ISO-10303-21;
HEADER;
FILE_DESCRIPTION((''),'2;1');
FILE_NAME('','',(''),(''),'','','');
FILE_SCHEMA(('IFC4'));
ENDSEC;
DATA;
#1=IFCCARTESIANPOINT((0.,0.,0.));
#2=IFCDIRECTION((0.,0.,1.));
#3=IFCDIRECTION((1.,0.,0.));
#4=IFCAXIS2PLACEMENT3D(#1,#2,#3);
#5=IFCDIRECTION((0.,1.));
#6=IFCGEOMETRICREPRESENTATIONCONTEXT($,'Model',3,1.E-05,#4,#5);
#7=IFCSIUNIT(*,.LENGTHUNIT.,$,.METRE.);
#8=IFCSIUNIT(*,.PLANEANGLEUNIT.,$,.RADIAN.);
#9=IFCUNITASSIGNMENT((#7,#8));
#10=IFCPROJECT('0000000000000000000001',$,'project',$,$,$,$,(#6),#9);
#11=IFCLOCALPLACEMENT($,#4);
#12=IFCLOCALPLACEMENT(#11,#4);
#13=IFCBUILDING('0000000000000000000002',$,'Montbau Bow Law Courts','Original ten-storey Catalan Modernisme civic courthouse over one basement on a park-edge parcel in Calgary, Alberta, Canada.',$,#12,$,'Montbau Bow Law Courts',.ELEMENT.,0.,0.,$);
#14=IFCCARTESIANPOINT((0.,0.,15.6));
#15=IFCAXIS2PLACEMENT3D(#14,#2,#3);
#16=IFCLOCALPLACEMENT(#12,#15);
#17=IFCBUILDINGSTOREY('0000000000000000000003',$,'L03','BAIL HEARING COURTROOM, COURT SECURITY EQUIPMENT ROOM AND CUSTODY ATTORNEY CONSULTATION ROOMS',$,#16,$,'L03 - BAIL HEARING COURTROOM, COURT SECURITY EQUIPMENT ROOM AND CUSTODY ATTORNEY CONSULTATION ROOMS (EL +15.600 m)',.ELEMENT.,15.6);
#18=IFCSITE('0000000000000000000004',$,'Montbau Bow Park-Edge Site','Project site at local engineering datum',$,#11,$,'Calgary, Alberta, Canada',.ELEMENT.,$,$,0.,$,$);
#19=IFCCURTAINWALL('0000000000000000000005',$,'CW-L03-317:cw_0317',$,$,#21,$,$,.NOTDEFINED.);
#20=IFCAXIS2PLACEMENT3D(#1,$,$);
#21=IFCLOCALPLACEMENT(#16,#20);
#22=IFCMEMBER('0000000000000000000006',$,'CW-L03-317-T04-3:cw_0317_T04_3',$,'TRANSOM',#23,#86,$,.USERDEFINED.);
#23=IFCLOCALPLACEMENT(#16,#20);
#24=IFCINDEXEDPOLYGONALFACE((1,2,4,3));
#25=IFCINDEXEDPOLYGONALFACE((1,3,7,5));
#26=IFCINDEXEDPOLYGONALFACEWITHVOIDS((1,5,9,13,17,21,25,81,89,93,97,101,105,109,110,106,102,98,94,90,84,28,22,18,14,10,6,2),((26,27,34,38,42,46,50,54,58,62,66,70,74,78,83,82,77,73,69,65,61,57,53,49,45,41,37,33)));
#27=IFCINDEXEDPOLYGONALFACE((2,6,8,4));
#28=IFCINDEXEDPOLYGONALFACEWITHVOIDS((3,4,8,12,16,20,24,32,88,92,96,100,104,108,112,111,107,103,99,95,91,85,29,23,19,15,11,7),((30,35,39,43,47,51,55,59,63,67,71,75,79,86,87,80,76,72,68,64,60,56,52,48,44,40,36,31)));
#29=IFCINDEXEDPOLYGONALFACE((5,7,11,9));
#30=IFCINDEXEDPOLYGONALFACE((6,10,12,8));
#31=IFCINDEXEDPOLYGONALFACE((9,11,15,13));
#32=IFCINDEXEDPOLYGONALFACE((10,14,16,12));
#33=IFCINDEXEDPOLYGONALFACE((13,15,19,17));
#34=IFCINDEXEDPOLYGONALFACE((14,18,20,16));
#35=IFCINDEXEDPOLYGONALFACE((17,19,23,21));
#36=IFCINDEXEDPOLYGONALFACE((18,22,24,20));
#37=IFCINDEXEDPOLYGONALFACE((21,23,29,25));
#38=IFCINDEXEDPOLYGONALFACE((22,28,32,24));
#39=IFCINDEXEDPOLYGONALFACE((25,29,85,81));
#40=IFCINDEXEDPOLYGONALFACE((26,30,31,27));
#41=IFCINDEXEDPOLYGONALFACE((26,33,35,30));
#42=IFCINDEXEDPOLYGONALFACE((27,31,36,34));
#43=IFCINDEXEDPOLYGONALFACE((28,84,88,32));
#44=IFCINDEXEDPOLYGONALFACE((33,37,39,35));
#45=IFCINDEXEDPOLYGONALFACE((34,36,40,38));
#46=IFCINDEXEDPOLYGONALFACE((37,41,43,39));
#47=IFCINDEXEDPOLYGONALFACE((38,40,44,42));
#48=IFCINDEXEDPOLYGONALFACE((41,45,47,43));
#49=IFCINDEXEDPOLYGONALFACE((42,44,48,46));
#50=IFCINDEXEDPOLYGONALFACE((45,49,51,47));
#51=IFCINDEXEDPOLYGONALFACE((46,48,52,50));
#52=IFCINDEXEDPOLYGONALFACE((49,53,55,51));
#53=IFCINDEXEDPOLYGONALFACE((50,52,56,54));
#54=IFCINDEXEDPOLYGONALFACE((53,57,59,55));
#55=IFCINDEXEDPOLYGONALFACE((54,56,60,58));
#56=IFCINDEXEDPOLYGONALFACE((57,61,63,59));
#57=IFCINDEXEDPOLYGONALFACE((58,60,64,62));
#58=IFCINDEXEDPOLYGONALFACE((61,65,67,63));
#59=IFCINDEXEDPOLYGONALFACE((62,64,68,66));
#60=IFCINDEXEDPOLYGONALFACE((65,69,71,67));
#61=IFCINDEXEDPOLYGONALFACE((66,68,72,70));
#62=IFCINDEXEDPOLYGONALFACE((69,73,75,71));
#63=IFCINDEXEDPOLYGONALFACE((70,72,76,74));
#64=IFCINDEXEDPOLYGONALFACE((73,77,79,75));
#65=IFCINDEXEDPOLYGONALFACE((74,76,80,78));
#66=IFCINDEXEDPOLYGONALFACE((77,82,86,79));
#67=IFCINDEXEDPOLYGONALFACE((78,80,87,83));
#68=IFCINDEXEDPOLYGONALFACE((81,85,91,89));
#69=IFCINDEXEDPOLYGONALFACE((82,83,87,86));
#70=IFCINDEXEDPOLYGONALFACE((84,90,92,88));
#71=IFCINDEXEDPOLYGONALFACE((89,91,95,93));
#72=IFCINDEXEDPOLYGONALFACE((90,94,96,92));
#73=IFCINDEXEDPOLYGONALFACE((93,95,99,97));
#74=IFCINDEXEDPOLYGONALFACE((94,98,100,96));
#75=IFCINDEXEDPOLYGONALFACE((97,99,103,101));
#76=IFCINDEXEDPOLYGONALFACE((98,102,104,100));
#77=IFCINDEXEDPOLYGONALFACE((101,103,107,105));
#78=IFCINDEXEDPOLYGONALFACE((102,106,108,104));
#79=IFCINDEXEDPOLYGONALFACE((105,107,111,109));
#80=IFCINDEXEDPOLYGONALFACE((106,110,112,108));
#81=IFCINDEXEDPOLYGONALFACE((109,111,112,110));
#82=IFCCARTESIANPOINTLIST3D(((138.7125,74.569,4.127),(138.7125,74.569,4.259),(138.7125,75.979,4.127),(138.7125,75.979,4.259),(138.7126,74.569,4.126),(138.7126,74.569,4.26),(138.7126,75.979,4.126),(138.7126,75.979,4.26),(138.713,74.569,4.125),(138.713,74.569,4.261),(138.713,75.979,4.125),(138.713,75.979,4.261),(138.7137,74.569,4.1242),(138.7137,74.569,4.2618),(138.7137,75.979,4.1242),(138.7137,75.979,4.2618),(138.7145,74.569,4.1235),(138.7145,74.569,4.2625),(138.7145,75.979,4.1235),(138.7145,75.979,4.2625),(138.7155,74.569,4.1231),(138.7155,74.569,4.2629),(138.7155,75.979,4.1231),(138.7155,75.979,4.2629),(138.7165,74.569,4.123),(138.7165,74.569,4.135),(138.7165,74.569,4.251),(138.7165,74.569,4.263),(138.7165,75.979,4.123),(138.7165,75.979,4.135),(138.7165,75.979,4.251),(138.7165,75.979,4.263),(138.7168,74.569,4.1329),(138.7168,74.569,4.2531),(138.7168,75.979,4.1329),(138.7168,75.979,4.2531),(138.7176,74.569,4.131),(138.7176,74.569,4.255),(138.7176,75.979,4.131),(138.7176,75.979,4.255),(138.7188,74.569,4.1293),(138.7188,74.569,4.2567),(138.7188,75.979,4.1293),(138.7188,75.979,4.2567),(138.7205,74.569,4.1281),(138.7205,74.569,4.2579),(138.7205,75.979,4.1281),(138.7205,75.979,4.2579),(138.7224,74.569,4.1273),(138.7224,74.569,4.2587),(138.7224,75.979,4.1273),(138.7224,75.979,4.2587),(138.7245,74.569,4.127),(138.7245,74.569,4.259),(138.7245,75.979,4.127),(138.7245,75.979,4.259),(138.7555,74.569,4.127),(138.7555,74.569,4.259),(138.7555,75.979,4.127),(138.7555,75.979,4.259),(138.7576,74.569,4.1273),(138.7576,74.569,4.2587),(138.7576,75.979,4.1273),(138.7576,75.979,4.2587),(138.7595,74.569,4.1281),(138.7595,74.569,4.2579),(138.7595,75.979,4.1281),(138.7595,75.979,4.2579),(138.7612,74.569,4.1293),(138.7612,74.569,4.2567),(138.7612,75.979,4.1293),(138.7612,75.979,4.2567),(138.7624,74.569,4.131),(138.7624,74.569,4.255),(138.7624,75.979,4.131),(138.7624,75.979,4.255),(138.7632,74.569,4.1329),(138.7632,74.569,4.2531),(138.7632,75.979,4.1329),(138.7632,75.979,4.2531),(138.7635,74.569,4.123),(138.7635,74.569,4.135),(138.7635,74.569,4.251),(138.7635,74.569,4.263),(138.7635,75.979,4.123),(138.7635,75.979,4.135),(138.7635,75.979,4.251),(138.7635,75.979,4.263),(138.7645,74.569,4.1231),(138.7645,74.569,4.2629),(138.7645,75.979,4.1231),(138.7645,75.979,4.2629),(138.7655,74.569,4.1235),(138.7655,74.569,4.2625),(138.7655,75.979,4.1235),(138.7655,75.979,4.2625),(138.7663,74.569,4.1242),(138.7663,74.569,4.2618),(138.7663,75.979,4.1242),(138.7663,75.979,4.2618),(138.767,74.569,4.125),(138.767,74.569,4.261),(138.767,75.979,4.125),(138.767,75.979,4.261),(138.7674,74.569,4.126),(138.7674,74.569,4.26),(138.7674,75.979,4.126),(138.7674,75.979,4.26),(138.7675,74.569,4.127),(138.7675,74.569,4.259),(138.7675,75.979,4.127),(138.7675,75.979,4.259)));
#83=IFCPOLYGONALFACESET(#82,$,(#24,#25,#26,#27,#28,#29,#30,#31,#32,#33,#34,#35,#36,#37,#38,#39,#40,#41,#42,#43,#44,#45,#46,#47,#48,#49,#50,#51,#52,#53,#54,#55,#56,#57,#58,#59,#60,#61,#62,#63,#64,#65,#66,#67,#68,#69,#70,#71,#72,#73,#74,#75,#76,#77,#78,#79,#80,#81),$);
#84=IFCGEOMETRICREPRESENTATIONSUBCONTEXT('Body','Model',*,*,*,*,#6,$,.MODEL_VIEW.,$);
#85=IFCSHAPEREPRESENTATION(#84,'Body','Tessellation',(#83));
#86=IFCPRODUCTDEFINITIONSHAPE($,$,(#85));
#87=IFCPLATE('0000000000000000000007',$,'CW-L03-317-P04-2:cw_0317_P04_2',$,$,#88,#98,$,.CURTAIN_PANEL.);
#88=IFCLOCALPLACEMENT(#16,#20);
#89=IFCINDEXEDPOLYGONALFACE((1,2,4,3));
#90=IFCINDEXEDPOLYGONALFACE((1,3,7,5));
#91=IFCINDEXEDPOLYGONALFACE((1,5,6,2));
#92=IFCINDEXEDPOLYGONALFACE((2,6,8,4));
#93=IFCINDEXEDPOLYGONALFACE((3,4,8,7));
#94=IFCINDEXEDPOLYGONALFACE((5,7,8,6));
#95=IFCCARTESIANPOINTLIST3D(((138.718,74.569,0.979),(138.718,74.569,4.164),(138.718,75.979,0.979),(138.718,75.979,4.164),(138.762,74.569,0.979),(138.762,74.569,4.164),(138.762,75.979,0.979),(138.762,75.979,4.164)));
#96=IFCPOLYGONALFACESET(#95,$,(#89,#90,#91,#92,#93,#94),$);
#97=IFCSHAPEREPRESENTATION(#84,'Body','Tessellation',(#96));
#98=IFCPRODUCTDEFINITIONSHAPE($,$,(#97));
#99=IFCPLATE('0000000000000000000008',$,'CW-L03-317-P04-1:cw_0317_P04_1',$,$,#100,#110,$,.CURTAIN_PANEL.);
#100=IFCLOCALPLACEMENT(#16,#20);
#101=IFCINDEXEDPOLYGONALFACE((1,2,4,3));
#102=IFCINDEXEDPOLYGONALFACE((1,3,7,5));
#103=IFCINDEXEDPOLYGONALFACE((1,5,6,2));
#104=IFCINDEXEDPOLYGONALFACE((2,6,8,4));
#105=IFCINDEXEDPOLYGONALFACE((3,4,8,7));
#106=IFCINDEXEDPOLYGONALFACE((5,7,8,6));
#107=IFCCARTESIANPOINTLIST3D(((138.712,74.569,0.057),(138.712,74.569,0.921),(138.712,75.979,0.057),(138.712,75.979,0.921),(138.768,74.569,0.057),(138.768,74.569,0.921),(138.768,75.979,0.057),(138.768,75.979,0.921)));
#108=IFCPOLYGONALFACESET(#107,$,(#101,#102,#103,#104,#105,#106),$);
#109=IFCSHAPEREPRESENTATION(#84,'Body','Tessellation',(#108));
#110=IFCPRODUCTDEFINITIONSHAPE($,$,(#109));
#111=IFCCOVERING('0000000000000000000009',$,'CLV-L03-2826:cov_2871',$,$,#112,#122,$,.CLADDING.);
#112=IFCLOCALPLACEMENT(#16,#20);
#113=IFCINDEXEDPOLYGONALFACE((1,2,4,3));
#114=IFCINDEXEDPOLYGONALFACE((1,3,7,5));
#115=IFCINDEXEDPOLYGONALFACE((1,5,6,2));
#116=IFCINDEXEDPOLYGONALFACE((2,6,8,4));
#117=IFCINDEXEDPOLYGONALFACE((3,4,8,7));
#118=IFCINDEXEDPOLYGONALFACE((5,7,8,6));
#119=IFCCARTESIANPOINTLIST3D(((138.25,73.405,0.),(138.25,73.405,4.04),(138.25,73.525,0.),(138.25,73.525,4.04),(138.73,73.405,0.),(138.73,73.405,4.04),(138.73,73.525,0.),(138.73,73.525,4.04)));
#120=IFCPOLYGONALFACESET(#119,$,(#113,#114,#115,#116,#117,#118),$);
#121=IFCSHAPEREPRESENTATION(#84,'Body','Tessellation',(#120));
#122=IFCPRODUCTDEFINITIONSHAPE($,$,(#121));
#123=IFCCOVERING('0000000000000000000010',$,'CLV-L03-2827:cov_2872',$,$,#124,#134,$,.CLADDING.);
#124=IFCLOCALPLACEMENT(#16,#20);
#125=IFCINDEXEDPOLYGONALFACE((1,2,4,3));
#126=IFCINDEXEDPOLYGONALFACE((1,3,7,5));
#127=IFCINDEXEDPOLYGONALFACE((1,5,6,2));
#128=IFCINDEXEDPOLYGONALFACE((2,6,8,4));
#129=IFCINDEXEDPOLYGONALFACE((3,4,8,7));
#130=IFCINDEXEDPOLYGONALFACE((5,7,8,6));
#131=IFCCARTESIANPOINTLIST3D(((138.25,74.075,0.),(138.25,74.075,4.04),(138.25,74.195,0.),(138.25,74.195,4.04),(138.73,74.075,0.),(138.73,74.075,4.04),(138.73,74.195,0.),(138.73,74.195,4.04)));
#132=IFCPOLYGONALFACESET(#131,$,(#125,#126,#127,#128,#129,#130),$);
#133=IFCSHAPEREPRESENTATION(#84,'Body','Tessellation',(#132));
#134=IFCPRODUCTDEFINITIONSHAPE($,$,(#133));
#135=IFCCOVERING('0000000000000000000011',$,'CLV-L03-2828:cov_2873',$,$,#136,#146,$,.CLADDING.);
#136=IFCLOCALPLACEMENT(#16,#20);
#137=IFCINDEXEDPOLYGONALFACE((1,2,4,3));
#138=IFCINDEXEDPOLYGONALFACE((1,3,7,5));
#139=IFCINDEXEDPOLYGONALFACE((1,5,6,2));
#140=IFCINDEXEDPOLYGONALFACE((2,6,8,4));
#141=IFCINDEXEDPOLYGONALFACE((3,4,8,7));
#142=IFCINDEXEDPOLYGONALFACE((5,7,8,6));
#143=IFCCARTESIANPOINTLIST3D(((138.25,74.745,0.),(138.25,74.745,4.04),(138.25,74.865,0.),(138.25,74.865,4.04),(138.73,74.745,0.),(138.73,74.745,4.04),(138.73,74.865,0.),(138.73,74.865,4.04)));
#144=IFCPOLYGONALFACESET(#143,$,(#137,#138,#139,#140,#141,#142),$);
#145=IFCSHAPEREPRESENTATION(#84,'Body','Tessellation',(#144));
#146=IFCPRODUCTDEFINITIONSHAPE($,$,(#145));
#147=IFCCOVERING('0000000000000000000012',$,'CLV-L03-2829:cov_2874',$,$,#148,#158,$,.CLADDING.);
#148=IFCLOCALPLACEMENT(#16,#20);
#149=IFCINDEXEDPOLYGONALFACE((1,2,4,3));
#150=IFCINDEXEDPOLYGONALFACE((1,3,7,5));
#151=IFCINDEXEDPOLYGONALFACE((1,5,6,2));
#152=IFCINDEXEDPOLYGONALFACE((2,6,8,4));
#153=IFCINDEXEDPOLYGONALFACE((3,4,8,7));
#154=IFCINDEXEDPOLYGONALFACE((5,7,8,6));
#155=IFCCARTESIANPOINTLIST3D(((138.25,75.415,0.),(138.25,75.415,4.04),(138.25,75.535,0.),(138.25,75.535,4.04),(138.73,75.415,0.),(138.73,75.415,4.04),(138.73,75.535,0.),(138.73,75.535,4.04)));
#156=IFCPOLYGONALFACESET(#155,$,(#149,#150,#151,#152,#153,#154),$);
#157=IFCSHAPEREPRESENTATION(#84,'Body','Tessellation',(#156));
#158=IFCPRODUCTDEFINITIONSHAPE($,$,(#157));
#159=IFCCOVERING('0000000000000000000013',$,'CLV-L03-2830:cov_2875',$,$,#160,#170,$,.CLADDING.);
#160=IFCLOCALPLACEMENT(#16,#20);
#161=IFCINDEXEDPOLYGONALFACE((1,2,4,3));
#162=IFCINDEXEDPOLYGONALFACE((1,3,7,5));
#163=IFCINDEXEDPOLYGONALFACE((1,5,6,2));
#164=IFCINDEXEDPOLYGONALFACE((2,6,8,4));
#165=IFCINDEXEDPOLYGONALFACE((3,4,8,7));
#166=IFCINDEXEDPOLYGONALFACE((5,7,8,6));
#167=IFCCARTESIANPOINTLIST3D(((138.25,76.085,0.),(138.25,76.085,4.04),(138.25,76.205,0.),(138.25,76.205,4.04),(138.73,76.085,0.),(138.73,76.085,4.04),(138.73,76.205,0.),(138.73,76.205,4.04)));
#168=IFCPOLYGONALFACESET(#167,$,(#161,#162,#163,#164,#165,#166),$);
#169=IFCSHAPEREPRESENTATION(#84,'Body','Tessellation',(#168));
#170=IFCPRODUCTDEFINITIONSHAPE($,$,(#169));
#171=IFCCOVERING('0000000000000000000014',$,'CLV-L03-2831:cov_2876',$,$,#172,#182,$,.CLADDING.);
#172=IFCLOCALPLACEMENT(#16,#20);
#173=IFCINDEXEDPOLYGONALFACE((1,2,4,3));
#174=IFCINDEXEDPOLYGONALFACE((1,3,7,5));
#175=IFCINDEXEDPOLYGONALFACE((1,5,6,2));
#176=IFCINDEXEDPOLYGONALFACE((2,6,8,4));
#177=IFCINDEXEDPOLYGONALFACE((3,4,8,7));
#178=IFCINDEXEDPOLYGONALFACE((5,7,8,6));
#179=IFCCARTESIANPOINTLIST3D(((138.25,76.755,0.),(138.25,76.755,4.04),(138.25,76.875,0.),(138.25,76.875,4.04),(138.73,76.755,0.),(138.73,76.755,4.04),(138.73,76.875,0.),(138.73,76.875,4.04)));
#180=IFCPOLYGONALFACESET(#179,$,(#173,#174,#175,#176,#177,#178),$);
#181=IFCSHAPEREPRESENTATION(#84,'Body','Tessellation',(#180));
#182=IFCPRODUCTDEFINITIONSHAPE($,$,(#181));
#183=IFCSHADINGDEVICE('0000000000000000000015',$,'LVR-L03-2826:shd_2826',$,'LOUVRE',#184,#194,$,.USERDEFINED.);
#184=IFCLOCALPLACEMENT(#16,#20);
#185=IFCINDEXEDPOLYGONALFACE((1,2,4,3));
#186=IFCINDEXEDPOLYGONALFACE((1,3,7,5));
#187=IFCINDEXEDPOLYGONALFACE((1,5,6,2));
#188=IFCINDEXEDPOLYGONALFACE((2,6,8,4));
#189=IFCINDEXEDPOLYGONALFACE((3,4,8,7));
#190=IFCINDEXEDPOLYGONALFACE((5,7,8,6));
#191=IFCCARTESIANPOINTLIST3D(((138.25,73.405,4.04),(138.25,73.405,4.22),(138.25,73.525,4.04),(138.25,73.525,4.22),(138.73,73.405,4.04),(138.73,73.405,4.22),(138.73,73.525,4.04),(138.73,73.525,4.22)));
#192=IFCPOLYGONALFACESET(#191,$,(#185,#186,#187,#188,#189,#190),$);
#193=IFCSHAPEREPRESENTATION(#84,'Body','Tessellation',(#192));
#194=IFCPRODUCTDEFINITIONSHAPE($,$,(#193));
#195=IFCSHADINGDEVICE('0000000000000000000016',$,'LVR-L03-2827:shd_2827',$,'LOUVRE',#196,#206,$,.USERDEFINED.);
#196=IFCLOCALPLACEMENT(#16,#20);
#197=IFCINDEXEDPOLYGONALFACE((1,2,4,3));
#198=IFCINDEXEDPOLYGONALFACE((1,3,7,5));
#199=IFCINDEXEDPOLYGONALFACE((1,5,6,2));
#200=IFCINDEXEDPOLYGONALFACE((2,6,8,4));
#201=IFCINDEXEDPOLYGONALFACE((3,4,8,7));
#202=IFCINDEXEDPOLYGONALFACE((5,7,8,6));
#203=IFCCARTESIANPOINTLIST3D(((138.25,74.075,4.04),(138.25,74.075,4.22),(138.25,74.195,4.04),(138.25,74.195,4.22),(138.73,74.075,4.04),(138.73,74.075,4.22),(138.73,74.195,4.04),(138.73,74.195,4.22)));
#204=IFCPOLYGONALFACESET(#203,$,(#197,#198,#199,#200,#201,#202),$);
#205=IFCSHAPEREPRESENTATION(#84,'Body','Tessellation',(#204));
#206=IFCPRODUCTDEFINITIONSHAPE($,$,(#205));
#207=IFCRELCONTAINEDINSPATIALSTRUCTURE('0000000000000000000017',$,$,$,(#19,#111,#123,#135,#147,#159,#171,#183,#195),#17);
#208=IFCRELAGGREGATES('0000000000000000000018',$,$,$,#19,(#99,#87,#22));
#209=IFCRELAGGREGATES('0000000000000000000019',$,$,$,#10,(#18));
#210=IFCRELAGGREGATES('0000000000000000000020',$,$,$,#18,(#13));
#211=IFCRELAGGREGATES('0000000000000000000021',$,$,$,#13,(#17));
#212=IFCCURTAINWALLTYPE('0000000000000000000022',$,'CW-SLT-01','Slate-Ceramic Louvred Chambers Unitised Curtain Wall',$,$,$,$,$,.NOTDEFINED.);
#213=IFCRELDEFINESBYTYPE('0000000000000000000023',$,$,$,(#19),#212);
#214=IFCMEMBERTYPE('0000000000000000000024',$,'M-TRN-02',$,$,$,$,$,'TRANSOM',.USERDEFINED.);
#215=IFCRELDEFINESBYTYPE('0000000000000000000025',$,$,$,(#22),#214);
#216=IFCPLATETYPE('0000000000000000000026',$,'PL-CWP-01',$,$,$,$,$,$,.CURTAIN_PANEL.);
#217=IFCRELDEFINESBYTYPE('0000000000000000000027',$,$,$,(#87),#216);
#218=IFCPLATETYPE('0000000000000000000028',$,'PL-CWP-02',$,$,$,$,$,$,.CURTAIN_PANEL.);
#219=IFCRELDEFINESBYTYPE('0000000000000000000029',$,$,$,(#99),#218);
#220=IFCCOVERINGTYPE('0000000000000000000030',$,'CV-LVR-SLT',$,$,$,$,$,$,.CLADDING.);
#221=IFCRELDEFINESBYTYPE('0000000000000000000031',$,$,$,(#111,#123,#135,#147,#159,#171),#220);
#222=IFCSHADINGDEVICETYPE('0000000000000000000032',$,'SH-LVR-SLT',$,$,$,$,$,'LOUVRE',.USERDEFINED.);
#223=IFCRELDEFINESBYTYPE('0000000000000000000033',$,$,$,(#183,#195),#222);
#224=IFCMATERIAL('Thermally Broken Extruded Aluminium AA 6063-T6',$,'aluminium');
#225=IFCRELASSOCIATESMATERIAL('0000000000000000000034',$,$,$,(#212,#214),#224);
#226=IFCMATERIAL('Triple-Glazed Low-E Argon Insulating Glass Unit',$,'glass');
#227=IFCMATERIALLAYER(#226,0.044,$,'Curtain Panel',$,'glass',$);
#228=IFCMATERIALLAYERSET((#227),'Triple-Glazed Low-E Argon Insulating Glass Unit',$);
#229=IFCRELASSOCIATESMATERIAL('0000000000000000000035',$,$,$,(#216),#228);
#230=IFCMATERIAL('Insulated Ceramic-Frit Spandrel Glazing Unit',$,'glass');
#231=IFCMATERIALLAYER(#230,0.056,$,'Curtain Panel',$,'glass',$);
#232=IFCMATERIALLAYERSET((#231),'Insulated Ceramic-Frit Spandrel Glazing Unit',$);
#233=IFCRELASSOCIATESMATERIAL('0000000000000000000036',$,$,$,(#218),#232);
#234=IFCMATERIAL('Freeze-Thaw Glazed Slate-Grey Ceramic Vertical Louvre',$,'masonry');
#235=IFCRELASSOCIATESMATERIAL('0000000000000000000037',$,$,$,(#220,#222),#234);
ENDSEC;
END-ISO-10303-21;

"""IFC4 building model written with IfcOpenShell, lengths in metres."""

from ifc_helpers import new_model, si_unit, direction, frame, frame_2d, origin_with_axes, origin_2d_with_axis, place, context, subcontext, project, spatial, rectangle, hollow_rectangle, extrude, material, layer, layer_set, material_profile, profile_set, type_object, element, aggregate, save


model = new_model("IFC4")

# Units and contexts
model_context = context("Model", 3, precision=1e-05, world=origin_with_axes(), true_north=direction((0.0, 1.0)))
body_context = subcontext(model_context, "Body", "Model", "MODEL_VIEW")
ifc_project = project(units=[si_unit("LENGTHUNIT", "METRE"), si_unit("PLANEANGLEUNIT", "RADIAN")], contexts=[model_context])

# Site, building, storey
site_placement = place(None, origin_with_axes())
site = spatial("IfcSite", under=ifc_project, at=site_placement, Name="Montbau Bow Park-Edge Site", Description="Project site at local engineering datum", LongName="Calgary, Alberta, Canada", CompositionType="ELEMENT", RefElevation=0.0)
building_placement = place(site_placement, origin_with_axes())
building = spatial("IfcBuilding", under=site, at=building_placement, Name="Montbau Bow Law Courts", Description="Original ten-storey Catalan Modernisme civic courthouse over one basement on a park-edge parcel in Calgary, Alberta, Canada.", LongName="Montbau Bow Law Courts", CompositionType="ELEMENT", ElevationOfRefHeight=0.0, ElevationOfTerrain=0.0)
storey_placement = place(building_placement, frame((0.0, 0.0, 15.6), z_axis=(0.0, 0.0, 1.0), x_axis=(1.0, 0.0, 0.0)))
storey = spatial("IfcBuildingStorey", under=building, at=storey_placement, Name="L03", Description="BAIL HEARING COURTROOM, COURT SECURITY EQUIPMENT ROOM AND CUSTODY ATTORNEY CONSULTATION ROOMS", LongName="L03 - BAIL HEARING COURTROOM, COURT SECURITY EQUIPMENT ROOM AND CUSTODY ATTORNEY CONSULTATION ROOMS (EL +15.600 m)", CompositionType="ELEMENT", Elevation=15.6)

# Curtain wall, member, plates
ifc_material_1 = material(Name="Thermally Broken Extruded Aluminium AA 6063-T6", Category="aluminium")
curtain_wall_type = type_object("IfcCurtainWallType", Name="CW-SLT-01", Description="Slate-Ceramic Louvred Chambers Unitised Curtain Wall", PredefinedType="NOTDEFINED", material=ifc_material_1)
curtain_wall_placement = place(None, frame((138.74, 70.115, 15.6), z_axis=(0.0, 0.0, 1.0), x_axis=(1.0, 0.0, 0.0)))
curtain_wall = element("IfcCurtainWall", 1, at=curtain_wall_placement, inside=storey, type_object=curtain_wall_type, Name="CW-L03-317:cw_0317", PredefinedType="NOTDEFINED")
ifc_material_profile_1 = material_profile(ifc_material_1, hollow_rectangle(XDim=0.055, YDim=0.14, WallThickness=0.004, InnerFilletRadius=0.008, OuterFilletRadius=0.004, at=origin_2d_with_axis()), Name="CWT-140X55", Category="Main", Priority=0)
ifc_profile_set_1 = profile_set([ifc_material_profile_1], Name="Thermally Broken Extruded Aluminium AA 6063-T6")
member_type_1 = type_object("IfcMemberType", Name="M-TRN-02", ElementType="TRANSOM", PredefinedType="USERDEFINED", material=ifc_profile_set_1)
member_1_placement = place(None, frame((138.74, 74.569, 19.793), z_axis=(0.0, 1.0, 0.0), x_axis=(-1.0, 0.0, 0.0)))
member_1 = element("IfcMember", 2, at=member_1_placement, type_object=member_type_1, Name="CW-L03-317-T04-3:cw_0317_T04_3", ObjectType="TRANSOM", PredefinedType="USERDEFINED", context=body_context, shape_type="SweptSolid", body=[
    extrude(hollow_rectangle(XDim=0.055, YDim=0.14, WallThickness=0.004, InnerFilletRadius=0.008, OuterFilletRadius=0.004, at=origin_2d_with_axis()), origin_with_axes(), (0.0, 0.0, 1.0), 1.41),
])
ifc_material_2 = material(Name="Triple-Glazed Low-E Argon Insulating Glass Unit", Category="glass")
ifc_layer_1 = layer(ifc_material_2, 0.044, Name="Curtain Panel", Category="glass")
ifc_layer_set_1 = layer_set([ifc_layer_1], Name="Triple-Glazed Low-E Argon Insulating Glass Unit")
plate_type_1 = type_object("IfcPlateType", Name="PL-CWP-01", PredefinedType="CURTAIN_PANEL", material=ifc_layer_set_1)
plate_1_placement = place(None, frame((138.74, 74.569, 16.579), z_axis=(1.0, 0.0, 0.0), x_axis=(0.0, 1.0, 0.0)))
plate_1 = element("IfcPlate", 3, at=plate_1_placement, type_object=plate_type_1, Name="CW-L03-317-P04-2:cw_0317_P04_2", PredefinedType="CURTAIN_PANEL", context=body_context, shape_type="SweptSolid", body=[
    extrude(rectangle(XDim=1.41, YDim=3.185, at=frame_2d((0.705, 1.5925), x_axis=(1.0, 0.0))), frame((0.0, 0.0, -0.022), z_axis=(0.0, 0.0, 1.0), x_axis=(1.0, 0.0, 0.0)), (0.0, 0.0, 1.0), 0.044),
])
ifc_material_3 = material(Name="Insulated Ceramic-Frit Spandrel Glazing Unit", Category="glass")
ifc_layer_2 = layer(ifc_material_3, 0.056, Name="Curtain Panel", Category="glass")
ifc_layer_set_2 = layer_set([ifc_layer_2], Name="Insulated Ceramic-Frit Spandrel Glazing Unit")
plate_type_2 = type_object("IfcPlateType", Name="PL-CWP-02", PredefinedType="CURTAIN_PANEL", material=ifc_layer_set_2)
plate_2_placement = place(None, frame((138.74, 74.569, 15.657), z_axis=(1.0, 0.0, 0.0), x_axis=(0.0, 1.0, 0.0)))
plate_2 = element("IfcPlate", 4, at=plate_2_placement, type_object=plate_type_2, Name="CW-L03-317-P04-1:cw_0317_P04_1", PredefinedType="CURTAIN_PANEL", context=body_context, shape_type="SweptSolid", body=[
    extrude(rectangle(XDim=1.41, YDim=0.864, at=frame_2d((0.705, 0.432), x_axis=(1.0, 0.0))), frame((0.0, 0.0, -0.028), z_axis=(0.0, 0.0, 1.0), x_axis=(1.0, 0.0, 0.0)), (0.0, 0.0, 1.0), 0.056),
])
aggregate(curtain_wall, [plate_2, plate_1, member_1])

# Coverings
ifc_material_4 = material(Name="Freeze-Thaw Glazed Slate-Grey Ceramic Vertical Louvre", Category="masonry")
covering_type = type_object("IfcCoveringType", Name="CV-LVR-SLT", PredefinedType="CLADDING", material=ifc_material_4)
for number, where, z_axis, x_axis, name in (
    (5, (138.73, 73.465, 15.6), (0.0, 1.0, 0.0), (-1.0, 0.0, 0.0), "CLV-L03-2826:cov_2871"),
    (6, (138.73, 74.135, 15.6), (0.0, 1.0, 0.0), (-1.0, 0.0, 0.0), "CLV-L03-2827:cov_2872"),
    (7, (138.73, 74.805, 15.6), (0.0, 1.0, 0.0), (-1.0, 0.0, 0.0), "CLV-L03-2828:cov_2873"),
    (8, (138.73, 75.475, 15.6), (0.0, 1.0, 0.0), (-1.0, 0.0, 0.0), "CLV-L03-2829:cov_2874"),
    (9, (138.73, 76.145, 15.6), (0.0, 1.0, 0.0), (-1.0, 0.0, 0.0), "CLV-L03-2830:cov_2875"),
    (10, (138.73, 76.815, 15.6), (0.0, 1.0, 0.0), (-1.0, 0.0, 0.0), "CLV-L03-2831:cov_2876"),
):
    element("IfcCovering", number, at=place(None, frame(where, z_axis=z_axis, x_axis=x_axis)), inside=storey, type_object=covering_type, Name=name, PredefinedType="CLADDING", context=body_context, shape_type="SweptSolid", body=[
        extrude(rectangle(XDim=0.48, YDim=4.04, at=frame_2d((0.24, 2.02), x_axis=(1.0, 0.0))), frame((0.0, 0.0, -0.06), z_axis=(0.0, 0.0, 1.0), x_axis=(1.0, 0.0, 0.0)), (0.0, 0.0, 1.0), 0.12),
    ])

# Shading devices
shading_device_type = type_object("IfcShadingDeviceType", Name="SH-LVR-SLT", ElementType="LOUVRE", PredefinedType="USERDEFINED", material=ifc_material_4)
for number, where, z_axis, x_axis, name in (
    (11, (138.49, 73.465, 19.64), (0.0, 0.0, 1.0), (-1.0, 0.0, 0.0), "LVR-L03-2826:shd_2826"),
    (12, (138.49, 74.135, 19.64), (0.0, 0.0, 1.0), (-1.0, 0.0, 0.0), "LVR-L03-2827:shd_2827"),
):
    element("IfcShadingDevice", number, at=place(None, frame(where, z_axis=z_axis, x_axis=x_axis)), inside=storey, type_object=shading_device_type, Name=name, ObjectType="LOUVRE", PredefinedType="USERDEFINED", context=body_context, shape_type="SweptSolid", body=[
        extrude(rectangle(XDim=0.48, YDim=0.12, at=origin_2d_with_axis()), origin_with_axes(), (0.0, 0.0, 1.0), 0.18),
    ])

save(model, "model.ifc")
